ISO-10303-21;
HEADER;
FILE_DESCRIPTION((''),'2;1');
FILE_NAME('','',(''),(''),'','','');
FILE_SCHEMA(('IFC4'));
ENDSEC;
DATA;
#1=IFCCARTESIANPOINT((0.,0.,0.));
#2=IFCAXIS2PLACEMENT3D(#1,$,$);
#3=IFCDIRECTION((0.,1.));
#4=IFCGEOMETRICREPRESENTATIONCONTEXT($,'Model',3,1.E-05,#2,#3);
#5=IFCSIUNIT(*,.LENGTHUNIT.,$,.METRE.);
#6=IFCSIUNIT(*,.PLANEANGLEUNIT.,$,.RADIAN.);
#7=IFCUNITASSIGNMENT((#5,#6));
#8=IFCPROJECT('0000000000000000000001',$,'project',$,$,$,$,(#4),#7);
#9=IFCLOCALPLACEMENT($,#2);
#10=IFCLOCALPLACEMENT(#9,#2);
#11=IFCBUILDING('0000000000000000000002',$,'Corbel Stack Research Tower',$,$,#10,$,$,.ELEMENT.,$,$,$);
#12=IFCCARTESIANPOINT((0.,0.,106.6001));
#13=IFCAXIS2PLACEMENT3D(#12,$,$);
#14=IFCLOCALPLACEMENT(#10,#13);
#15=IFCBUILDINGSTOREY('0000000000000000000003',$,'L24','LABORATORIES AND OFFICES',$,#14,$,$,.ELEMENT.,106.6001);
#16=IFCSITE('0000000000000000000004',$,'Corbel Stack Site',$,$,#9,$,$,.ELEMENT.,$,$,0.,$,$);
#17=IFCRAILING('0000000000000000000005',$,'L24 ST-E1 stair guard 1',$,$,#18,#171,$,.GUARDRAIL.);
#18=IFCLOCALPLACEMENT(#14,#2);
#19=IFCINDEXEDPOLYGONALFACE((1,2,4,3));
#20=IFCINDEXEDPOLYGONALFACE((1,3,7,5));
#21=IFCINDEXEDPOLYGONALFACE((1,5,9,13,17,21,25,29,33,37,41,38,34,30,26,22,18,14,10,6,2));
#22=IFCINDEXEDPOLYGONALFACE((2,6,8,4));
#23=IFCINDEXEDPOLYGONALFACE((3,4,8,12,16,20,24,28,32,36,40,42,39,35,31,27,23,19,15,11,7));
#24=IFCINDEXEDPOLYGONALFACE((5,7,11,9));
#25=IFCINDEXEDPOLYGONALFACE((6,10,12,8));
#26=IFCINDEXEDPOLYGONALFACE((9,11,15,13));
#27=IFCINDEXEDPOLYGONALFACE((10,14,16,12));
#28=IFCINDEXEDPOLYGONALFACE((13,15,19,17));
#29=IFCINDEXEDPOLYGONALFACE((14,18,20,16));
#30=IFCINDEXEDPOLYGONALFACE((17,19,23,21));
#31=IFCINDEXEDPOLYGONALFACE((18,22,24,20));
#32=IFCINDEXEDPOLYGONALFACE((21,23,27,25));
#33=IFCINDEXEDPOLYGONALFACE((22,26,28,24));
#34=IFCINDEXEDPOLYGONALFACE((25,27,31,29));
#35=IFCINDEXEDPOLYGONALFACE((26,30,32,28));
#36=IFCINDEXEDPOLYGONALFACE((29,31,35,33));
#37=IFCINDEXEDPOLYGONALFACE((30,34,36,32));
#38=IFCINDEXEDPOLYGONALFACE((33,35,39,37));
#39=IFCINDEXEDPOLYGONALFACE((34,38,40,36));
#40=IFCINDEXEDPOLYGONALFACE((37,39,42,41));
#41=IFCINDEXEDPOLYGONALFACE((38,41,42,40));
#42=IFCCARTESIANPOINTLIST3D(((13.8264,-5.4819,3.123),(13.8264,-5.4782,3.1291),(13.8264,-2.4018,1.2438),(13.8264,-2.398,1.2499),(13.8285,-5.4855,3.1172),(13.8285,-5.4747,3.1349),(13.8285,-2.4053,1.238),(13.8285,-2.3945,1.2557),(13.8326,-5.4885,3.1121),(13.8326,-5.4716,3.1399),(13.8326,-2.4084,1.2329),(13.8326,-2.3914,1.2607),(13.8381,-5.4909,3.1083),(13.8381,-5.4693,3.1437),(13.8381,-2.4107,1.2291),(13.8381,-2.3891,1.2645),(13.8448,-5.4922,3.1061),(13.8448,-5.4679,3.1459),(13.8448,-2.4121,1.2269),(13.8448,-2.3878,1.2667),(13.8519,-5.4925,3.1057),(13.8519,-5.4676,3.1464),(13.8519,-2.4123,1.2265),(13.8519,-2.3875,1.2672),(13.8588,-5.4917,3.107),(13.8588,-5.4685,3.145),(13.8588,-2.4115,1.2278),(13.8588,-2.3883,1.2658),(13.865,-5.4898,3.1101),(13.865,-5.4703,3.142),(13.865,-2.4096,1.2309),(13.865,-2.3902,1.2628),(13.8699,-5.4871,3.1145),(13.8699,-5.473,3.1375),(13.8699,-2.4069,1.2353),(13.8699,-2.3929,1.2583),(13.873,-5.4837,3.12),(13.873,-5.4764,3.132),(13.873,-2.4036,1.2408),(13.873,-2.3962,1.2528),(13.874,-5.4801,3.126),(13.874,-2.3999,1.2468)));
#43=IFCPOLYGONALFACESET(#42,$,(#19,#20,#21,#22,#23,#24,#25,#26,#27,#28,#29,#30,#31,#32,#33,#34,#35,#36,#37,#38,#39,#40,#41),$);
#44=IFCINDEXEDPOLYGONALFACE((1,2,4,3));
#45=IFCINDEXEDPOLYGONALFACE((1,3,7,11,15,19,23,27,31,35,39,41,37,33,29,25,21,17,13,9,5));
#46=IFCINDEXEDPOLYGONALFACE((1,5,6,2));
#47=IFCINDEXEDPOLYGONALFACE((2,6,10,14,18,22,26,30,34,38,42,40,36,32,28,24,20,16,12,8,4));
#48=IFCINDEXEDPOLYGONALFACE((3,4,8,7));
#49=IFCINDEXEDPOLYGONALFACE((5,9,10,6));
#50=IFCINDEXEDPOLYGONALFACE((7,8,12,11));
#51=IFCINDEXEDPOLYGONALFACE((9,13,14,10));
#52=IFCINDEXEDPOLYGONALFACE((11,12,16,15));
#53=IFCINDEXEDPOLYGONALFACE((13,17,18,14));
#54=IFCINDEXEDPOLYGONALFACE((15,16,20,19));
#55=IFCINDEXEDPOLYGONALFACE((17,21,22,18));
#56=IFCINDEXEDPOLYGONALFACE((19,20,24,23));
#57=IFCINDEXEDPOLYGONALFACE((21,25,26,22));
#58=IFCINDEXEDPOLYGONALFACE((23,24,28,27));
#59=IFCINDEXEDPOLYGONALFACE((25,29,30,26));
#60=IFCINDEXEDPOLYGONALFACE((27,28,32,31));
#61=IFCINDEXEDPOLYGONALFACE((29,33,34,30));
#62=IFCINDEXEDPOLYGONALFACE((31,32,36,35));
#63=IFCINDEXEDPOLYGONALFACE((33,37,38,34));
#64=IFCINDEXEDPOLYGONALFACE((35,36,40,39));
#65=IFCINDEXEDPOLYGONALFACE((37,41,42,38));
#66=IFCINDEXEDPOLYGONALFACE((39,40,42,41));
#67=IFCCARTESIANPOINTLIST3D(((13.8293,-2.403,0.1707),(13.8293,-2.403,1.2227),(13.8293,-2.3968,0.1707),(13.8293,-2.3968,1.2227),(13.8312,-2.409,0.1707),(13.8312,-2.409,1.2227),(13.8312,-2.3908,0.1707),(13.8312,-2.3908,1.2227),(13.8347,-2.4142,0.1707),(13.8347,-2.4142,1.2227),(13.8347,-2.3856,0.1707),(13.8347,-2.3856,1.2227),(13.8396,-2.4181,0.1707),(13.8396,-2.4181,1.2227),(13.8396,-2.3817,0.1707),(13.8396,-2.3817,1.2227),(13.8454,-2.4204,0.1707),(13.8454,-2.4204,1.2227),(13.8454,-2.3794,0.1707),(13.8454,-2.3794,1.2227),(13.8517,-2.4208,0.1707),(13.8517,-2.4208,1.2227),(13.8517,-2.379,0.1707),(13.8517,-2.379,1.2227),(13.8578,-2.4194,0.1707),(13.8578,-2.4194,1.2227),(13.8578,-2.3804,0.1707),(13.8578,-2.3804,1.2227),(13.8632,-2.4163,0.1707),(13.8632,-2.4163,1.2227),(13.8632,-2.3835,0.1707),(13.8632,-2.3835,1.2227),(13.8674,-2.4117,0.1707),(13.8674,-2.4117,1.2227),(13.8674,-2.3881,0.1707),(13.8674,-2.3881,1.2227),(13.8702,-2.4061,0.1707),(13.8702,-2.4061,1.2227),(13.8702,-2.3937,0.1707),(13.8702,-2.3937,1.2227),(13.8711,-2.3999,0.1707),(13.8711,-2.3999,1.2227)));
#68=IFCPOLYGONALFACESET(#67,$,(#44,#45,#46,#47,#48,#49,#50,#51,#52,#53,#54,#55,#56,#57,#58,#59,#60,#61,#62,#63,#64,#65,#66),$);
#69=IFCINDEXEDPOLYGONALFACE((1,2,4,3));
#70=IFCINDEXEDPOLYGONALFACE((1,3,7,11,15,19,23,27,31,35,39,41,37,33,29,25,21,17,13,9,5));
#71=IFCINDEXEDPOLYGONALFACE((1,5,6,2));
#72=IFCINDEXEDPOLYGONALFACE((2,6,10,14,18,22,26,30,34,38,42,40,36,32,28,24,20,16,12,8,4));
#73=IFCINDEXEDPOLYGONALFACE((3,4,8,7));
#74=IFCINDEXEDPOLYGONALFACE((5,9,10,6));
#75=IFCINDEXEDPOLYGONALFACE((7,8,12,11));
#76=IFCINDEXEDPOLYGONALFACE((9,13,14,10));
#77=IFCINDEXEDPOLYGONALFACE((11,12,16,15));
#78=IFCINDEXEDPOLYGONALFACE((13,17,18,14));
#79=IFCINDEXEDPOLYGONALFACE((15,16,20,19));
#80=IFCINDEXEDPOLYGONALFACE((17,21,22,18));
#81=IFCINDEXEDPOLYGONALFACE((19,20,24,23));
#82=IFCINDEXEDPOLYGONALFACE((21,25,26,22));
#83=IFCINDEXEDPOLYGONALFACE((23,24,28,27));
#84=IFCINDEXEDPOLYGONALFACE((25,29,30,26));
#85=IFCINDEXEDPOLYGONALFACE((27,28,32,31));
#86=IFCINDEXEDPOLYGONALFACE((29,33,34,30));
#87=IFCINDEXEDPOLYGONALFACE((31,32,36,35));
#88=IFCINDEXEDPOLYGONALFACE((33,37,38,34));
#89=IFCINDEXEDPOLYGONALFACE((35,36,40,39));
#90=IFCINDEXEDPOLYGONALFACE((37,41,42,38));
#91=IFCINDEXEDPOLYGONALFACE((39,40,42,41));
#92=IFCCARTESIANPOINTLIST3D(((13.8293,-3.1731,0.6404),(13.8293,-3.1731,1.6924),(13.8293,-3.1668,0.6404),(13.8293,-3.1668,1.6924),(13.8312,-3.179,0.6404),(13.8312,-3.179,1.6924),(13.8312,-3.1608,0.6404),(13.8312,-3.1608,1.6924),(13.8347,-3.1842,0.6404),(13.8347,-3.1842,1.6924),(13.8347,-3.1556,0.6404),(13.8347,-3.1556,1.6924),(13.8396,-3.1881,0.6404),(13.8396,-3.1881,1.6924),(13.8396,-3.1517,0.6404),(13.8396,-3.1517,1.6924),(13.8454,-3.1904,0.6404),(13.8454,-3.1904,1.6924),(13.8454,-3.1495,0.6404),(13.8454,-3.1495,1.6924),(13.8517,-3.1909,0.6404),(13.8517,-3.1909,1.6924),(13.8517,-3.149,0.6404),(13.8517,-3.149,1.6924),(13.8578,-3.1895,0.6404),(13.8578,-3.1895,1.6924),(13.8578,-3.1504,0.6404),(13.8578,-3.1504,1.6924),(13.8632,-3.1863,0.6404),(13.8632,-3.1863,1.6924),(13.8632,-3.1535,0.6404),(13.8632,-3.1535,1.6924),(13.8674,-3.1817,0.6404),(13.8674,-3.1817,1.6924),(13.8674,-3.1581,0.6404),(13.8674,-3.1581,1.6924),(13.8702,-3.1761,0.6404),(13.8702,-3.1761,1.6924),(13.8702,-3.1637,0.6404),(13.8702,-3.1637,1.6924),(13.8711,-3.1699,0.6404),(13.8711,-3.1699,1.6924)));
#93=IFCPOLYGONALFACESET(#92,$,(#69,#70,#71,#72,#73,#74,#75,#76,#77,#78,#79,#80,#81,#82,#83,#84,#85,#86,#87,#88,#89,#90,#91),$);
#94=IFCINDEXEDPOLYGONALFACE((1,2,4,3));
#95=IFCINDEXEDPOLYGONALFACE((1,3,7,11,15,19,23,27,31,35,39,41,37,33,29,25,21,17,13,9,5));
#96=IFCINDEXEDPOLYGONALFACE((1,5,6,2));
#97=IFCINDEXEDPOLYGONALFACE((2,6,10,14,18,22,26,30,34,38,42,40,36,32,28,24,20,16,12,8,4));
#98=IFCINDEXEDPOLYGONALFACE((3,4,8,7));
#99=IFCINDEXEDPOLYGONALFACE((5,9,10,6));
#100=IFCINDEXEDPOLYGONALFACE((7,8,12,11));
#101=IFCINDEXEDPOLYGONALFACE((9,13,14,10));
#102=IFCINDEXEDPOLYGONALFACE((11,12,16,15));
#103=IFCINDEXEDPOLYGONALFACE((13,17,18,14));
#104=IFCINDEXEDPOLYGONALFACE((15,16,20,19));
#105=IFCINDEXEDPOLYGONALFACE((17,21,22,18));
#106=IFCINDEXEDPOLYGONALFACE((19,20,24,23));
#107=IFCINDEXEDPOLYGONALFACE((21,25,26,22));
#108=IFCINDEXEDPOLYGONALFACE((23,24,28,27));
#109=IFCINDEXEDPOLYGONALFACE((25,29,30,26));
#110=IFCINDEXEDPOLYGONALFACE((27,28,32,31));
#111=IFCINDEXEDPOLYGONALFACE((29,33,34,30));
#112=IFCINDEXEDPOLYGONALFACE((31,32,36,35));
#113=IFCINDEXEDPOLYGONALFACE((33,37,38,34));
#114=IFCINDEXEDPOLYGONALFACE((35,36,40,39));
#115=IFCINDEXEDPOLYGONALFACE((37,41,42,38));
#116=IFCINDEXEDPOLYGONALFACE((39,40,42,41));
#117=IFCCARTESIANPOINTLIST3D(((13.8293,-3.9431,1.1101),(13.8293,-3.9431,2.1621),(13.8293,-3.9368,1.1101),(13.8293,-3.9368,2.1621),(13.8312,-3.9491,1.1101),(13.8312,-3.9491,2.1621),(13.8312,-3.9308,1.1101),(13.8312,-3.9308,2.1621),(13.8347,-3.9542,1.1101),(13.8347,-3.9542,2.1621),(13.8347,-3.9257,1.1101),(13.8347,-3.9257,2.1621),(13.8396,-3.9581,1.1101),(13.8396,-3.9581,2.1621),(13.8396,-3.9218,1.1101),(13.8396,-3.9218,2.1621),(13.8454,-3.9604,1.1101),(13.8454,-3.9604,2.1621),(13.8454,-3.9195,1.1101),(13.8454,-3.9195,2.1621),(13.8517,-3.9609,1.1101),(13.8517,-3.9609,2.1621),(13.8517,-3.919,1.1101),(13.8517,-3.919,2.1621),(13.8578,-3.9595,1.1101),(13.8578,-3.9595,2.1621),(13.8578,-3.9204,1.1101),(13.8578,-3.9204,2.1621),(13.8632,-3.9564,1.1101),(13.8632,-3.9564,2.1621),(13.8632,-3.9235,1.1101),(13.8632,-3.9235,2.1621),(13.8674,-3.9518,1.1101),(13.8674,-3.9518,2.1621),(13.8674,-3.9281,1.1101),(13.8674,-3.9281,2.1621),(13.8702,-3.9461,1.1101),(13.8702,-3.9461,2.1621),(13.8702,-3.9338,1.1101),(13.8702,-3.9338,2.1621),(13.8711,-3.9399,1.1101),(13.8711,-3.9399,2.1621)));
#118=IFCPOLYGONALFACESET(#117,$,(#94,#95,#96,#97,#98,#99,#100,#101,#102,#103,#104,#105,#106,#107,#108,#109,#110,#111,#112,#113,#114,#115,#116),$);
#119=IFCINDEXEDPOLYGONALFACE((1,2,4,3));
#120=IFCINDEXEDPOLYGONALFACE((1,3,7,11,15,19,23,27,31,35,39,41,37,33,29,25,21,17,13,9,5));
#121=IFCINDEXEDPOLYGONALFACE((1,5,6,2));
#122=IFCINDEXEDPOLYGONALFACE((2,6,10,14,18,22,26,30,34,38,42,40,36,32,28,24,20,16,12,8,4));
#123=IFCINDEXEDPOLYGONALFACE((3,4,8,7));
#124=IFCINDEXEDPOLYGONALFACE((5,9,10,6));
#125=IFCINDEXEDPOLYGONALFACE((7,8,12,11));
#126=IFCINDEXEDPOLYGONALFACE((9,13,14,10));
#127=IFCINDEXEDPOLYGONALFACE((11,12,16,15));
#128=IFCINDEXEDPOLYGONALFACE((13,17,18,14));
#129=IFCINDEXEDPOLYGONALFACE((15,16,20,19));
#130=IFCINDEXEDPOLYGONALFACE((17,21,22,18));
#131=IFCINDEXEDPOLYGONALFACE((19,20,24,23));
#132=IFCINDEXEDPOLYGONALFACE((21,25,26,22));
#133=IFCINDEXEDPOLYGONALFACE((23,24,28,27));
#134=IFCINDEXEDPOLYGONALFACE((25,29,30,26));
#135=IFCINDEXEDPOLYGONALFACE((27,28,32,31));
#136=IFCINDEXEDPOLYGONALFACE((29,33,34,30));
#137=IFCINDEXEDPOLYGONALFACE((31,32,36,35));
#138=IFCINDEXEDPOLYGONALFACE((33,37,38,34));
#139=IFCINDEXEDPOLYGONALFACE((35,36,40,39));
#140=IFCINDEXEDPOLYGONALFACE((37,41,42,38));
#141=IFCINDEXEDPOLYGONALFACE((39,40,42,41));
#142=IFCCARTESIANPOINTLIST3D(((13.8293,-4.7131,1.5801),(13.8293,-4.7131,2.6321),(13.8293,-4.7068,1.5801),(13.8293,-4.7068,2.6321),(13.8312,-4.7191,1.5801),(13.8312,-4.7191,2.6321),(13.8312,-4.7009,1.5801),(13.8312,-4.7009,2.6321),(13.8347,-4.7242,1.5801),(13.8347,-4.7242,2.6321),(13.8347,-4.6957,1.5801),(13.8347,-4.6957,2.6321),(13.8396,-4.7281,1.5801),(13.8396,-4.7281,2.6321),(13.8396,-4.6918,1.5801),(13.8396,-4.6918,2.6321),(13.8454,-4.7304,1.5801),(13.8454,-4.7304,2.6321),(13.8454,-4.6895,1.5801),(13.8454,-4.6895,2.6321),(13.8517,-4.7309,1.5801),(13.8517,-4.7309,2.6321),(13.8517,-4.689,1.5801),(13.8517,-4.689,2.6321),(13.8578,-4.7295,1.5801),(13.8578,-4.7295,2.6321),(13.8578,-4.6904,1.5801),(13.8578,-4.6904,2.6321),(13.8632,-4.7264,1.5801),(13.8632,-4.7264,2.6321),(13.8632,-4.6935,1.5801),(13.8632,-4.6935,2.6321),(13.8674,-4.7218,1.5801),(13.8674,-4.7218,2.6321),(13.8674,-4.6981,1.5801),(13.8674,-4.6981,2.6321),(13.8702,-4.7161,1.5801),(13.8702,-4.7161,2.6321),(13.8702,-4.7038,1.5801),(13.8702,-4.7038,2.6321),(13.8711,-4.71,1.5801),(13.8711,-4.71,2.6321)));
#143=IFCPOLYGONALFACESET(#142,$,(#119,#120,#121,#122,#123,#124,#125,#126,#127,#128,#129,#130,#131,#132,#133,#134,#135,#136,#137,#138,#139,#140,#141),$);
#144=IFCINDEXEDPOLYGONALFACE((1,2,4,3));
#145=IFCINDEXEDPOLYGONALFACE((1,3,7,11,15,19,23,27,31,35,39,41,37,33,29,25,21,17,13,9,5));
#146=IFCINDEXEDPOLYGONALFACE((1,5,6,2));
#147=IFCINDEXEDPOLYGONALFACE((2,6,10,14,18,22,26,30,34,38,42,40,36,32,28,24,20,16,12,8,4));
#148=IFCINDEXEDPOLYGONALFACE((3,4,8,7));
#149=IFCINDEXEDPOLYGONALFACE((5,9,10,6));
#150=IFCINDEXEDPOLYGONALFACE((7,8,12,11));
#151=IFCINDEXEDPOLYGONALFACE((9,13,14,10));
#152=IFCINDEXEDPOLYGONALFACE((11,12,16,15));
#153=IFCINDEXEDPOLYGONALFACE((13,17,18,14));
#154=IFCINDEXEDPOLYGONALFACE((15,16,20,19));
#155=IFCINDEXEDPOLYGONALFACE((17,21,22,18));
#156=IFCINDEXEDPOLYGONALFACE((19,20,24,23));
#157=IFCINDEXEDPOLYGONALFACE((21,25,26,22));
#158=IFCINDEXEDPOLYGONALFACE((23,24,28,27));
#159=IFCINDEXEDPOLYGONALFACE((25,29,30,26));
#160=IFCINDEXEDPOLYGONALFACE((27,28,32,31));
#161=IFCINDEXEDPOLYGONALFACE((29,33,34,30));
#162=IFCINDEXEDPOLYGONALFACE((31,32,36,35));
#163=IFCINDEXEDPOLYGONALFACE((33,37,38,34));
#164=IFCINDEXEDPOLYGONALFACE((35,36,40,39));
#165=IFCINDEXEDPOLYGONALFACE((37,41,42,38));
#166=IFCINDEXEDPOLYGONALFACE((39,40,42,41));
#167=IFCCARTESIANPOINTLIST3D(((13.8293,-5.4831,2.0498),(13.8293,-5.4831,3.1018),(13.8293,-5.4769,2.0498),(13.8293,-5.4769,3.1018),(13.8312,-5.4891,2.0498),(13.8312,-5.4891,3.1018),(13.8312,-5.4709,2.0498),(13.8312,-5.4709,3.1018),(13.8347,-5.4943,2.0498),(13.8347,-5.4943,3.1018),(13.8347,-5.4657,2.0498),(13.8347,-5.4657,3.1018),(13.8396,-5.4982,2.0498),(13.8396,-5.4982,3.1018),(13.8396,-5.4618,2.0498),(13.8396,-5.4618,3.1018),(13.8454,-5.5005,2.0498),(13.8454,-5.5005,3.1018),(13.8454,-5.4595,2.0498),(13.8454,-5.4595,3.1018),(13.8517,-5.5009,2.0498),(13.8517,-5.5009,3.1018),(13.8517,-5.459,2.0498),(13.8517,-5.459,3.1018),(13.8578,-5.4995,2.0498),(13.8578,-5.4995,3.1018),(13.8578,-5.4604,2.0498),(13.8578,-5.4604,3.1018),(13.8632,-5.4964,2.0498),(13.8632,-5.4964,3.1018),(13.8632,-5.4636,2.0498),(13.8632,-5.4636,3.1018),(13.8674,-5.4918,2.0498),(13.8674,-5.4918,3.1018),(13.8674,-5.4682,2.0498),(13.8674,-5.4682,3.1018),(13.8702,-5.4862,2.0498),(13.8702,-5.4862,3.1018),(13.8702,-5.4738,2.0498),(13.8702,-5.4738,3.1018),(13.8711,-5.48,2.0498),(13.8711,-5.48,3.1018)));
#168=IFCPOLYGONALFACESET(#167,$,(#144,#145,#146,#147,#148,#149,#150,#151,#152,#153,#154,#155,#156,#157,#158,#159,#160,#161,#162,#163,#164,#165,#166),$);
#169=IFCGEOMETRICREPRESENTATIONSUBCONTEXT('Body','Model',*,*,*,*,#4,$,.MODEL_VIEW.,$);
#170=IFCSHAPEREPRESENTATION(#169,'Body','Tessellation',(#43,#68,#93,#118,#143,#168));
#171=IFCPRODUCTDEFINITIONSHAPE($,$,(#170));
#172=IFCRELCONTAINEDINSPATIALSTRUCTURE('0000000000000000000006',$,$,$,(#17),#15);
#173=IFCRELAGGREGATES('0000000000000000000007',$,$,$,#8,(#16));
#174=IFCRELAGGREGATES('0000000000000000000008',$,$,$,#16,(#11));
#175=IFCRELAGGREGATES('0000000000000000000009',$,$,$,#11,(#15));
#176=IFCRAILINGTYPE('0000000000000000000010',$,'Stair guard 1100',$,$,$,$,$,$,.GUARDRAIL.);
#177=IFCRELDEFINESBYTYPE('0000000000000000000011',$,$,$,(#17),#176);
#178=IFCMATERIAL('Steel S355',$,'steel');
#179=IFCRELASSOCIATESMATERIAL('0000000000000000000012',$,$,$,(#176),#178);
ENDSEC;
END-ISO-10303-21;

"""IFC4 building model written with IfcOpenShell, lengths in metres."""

from ifc_helpers import new_model, si_unit, direction, frame, origin, origin_2d, place, context, subcontext, project, spatial, circle, extrude, material, type_object, element, save


model = new_model("IFC4")

# Units and contexts
model_context = context("Model", 3, precision=1e-05, world=origin(), true_north=direction((0.0, 1.0)))
body_context = subcontext(model_context, "Body", "Model", "MODEL_VIEW")
ifc_project = project(units=[si_unit("LENGTHUNIT", "METRE"), si_unit("PLANEANGLEUNIT", "RADIAN")], contexts=[model_context])

# Site, building, storey
site_placement = place(None, origin())
site = spatial("IfcSite", under=ifc_project, at=site_placement, Name="Corbel Stack Site", CompositionType="ELEMENT", RefElevation=0.0)
building_placement = place(site_placement, origin())
building = spatial("IfcBuilding", under=site, at=building_placement, Name="Corbel Stack Research Tower", CompositionType="ELEMENT")
storey_placement = place(building_placement, frame((0.0, 0.0, 106.6001)))
storey = spatial("IfcBuildingStorey", under=building, at=storey_placement, Name="L24", Description="LABORATORIES AND OFFICES", CompositionType="ELEMENT", Elevation=106.6001)

# Railing
ifc_material_1 = material(Name="Steel S355", Category="steel")
railing_type_1 = type_object("IfcRailingType", Name="Stair guard 1100", PredefinedType="GUARDRAIL", material=ifc_material_1)
railing_1_placement = place(storey_placement, frame((13.8501, -2.3999, 0.1707)))
element("IfcRailing", 1, at=railing_1_placement, inside=storey, type_object=railing_type_1, Name="L24 ST-E1 stair guard 1", PredefinedType="GUARDRAIL", context=body_context, shape_type="SweptSolid", body=[
    extrude(circle(Radius=0.0239, at=origin_2d()), frame((0.0, 0.0, 1.0762), z_axis=(0.0, -0.853666, 0.52082), x_axis=(1.0, 0.0, 0.0)), (0.0, 0.0, 1.0), 3.6082),
    extrude(circle(Radius=0.021, at=origin_2d()), origin(), (0.0, 0.0, 1.0), 1.052),
    extrude(circle(Radius=0.021, at=origin_2d()), frame((0.0, -0.77, 0.4697)), (0.0, 0.0, 1.0), 1.052),
    extrude(circle(Radius=0.021, at=origin_2d()), frame((0.0, -1.54, 0.9395)), (0.0, 0.0, 1.0), 1.052),
    extrude(circle(Radius=0.021, at=origin_2d()), frame((0.0, -2.3101, 1.4094)), (0.0, 0.0, 1.0), 1.052),
    extrude(circle(Radius=0.021, at=origin_2d()), frame((0.0, -3.0801, 1.8792)), (0.0, 0.0, 1.0), 1.052),
])

save(model, "model.ifc")
